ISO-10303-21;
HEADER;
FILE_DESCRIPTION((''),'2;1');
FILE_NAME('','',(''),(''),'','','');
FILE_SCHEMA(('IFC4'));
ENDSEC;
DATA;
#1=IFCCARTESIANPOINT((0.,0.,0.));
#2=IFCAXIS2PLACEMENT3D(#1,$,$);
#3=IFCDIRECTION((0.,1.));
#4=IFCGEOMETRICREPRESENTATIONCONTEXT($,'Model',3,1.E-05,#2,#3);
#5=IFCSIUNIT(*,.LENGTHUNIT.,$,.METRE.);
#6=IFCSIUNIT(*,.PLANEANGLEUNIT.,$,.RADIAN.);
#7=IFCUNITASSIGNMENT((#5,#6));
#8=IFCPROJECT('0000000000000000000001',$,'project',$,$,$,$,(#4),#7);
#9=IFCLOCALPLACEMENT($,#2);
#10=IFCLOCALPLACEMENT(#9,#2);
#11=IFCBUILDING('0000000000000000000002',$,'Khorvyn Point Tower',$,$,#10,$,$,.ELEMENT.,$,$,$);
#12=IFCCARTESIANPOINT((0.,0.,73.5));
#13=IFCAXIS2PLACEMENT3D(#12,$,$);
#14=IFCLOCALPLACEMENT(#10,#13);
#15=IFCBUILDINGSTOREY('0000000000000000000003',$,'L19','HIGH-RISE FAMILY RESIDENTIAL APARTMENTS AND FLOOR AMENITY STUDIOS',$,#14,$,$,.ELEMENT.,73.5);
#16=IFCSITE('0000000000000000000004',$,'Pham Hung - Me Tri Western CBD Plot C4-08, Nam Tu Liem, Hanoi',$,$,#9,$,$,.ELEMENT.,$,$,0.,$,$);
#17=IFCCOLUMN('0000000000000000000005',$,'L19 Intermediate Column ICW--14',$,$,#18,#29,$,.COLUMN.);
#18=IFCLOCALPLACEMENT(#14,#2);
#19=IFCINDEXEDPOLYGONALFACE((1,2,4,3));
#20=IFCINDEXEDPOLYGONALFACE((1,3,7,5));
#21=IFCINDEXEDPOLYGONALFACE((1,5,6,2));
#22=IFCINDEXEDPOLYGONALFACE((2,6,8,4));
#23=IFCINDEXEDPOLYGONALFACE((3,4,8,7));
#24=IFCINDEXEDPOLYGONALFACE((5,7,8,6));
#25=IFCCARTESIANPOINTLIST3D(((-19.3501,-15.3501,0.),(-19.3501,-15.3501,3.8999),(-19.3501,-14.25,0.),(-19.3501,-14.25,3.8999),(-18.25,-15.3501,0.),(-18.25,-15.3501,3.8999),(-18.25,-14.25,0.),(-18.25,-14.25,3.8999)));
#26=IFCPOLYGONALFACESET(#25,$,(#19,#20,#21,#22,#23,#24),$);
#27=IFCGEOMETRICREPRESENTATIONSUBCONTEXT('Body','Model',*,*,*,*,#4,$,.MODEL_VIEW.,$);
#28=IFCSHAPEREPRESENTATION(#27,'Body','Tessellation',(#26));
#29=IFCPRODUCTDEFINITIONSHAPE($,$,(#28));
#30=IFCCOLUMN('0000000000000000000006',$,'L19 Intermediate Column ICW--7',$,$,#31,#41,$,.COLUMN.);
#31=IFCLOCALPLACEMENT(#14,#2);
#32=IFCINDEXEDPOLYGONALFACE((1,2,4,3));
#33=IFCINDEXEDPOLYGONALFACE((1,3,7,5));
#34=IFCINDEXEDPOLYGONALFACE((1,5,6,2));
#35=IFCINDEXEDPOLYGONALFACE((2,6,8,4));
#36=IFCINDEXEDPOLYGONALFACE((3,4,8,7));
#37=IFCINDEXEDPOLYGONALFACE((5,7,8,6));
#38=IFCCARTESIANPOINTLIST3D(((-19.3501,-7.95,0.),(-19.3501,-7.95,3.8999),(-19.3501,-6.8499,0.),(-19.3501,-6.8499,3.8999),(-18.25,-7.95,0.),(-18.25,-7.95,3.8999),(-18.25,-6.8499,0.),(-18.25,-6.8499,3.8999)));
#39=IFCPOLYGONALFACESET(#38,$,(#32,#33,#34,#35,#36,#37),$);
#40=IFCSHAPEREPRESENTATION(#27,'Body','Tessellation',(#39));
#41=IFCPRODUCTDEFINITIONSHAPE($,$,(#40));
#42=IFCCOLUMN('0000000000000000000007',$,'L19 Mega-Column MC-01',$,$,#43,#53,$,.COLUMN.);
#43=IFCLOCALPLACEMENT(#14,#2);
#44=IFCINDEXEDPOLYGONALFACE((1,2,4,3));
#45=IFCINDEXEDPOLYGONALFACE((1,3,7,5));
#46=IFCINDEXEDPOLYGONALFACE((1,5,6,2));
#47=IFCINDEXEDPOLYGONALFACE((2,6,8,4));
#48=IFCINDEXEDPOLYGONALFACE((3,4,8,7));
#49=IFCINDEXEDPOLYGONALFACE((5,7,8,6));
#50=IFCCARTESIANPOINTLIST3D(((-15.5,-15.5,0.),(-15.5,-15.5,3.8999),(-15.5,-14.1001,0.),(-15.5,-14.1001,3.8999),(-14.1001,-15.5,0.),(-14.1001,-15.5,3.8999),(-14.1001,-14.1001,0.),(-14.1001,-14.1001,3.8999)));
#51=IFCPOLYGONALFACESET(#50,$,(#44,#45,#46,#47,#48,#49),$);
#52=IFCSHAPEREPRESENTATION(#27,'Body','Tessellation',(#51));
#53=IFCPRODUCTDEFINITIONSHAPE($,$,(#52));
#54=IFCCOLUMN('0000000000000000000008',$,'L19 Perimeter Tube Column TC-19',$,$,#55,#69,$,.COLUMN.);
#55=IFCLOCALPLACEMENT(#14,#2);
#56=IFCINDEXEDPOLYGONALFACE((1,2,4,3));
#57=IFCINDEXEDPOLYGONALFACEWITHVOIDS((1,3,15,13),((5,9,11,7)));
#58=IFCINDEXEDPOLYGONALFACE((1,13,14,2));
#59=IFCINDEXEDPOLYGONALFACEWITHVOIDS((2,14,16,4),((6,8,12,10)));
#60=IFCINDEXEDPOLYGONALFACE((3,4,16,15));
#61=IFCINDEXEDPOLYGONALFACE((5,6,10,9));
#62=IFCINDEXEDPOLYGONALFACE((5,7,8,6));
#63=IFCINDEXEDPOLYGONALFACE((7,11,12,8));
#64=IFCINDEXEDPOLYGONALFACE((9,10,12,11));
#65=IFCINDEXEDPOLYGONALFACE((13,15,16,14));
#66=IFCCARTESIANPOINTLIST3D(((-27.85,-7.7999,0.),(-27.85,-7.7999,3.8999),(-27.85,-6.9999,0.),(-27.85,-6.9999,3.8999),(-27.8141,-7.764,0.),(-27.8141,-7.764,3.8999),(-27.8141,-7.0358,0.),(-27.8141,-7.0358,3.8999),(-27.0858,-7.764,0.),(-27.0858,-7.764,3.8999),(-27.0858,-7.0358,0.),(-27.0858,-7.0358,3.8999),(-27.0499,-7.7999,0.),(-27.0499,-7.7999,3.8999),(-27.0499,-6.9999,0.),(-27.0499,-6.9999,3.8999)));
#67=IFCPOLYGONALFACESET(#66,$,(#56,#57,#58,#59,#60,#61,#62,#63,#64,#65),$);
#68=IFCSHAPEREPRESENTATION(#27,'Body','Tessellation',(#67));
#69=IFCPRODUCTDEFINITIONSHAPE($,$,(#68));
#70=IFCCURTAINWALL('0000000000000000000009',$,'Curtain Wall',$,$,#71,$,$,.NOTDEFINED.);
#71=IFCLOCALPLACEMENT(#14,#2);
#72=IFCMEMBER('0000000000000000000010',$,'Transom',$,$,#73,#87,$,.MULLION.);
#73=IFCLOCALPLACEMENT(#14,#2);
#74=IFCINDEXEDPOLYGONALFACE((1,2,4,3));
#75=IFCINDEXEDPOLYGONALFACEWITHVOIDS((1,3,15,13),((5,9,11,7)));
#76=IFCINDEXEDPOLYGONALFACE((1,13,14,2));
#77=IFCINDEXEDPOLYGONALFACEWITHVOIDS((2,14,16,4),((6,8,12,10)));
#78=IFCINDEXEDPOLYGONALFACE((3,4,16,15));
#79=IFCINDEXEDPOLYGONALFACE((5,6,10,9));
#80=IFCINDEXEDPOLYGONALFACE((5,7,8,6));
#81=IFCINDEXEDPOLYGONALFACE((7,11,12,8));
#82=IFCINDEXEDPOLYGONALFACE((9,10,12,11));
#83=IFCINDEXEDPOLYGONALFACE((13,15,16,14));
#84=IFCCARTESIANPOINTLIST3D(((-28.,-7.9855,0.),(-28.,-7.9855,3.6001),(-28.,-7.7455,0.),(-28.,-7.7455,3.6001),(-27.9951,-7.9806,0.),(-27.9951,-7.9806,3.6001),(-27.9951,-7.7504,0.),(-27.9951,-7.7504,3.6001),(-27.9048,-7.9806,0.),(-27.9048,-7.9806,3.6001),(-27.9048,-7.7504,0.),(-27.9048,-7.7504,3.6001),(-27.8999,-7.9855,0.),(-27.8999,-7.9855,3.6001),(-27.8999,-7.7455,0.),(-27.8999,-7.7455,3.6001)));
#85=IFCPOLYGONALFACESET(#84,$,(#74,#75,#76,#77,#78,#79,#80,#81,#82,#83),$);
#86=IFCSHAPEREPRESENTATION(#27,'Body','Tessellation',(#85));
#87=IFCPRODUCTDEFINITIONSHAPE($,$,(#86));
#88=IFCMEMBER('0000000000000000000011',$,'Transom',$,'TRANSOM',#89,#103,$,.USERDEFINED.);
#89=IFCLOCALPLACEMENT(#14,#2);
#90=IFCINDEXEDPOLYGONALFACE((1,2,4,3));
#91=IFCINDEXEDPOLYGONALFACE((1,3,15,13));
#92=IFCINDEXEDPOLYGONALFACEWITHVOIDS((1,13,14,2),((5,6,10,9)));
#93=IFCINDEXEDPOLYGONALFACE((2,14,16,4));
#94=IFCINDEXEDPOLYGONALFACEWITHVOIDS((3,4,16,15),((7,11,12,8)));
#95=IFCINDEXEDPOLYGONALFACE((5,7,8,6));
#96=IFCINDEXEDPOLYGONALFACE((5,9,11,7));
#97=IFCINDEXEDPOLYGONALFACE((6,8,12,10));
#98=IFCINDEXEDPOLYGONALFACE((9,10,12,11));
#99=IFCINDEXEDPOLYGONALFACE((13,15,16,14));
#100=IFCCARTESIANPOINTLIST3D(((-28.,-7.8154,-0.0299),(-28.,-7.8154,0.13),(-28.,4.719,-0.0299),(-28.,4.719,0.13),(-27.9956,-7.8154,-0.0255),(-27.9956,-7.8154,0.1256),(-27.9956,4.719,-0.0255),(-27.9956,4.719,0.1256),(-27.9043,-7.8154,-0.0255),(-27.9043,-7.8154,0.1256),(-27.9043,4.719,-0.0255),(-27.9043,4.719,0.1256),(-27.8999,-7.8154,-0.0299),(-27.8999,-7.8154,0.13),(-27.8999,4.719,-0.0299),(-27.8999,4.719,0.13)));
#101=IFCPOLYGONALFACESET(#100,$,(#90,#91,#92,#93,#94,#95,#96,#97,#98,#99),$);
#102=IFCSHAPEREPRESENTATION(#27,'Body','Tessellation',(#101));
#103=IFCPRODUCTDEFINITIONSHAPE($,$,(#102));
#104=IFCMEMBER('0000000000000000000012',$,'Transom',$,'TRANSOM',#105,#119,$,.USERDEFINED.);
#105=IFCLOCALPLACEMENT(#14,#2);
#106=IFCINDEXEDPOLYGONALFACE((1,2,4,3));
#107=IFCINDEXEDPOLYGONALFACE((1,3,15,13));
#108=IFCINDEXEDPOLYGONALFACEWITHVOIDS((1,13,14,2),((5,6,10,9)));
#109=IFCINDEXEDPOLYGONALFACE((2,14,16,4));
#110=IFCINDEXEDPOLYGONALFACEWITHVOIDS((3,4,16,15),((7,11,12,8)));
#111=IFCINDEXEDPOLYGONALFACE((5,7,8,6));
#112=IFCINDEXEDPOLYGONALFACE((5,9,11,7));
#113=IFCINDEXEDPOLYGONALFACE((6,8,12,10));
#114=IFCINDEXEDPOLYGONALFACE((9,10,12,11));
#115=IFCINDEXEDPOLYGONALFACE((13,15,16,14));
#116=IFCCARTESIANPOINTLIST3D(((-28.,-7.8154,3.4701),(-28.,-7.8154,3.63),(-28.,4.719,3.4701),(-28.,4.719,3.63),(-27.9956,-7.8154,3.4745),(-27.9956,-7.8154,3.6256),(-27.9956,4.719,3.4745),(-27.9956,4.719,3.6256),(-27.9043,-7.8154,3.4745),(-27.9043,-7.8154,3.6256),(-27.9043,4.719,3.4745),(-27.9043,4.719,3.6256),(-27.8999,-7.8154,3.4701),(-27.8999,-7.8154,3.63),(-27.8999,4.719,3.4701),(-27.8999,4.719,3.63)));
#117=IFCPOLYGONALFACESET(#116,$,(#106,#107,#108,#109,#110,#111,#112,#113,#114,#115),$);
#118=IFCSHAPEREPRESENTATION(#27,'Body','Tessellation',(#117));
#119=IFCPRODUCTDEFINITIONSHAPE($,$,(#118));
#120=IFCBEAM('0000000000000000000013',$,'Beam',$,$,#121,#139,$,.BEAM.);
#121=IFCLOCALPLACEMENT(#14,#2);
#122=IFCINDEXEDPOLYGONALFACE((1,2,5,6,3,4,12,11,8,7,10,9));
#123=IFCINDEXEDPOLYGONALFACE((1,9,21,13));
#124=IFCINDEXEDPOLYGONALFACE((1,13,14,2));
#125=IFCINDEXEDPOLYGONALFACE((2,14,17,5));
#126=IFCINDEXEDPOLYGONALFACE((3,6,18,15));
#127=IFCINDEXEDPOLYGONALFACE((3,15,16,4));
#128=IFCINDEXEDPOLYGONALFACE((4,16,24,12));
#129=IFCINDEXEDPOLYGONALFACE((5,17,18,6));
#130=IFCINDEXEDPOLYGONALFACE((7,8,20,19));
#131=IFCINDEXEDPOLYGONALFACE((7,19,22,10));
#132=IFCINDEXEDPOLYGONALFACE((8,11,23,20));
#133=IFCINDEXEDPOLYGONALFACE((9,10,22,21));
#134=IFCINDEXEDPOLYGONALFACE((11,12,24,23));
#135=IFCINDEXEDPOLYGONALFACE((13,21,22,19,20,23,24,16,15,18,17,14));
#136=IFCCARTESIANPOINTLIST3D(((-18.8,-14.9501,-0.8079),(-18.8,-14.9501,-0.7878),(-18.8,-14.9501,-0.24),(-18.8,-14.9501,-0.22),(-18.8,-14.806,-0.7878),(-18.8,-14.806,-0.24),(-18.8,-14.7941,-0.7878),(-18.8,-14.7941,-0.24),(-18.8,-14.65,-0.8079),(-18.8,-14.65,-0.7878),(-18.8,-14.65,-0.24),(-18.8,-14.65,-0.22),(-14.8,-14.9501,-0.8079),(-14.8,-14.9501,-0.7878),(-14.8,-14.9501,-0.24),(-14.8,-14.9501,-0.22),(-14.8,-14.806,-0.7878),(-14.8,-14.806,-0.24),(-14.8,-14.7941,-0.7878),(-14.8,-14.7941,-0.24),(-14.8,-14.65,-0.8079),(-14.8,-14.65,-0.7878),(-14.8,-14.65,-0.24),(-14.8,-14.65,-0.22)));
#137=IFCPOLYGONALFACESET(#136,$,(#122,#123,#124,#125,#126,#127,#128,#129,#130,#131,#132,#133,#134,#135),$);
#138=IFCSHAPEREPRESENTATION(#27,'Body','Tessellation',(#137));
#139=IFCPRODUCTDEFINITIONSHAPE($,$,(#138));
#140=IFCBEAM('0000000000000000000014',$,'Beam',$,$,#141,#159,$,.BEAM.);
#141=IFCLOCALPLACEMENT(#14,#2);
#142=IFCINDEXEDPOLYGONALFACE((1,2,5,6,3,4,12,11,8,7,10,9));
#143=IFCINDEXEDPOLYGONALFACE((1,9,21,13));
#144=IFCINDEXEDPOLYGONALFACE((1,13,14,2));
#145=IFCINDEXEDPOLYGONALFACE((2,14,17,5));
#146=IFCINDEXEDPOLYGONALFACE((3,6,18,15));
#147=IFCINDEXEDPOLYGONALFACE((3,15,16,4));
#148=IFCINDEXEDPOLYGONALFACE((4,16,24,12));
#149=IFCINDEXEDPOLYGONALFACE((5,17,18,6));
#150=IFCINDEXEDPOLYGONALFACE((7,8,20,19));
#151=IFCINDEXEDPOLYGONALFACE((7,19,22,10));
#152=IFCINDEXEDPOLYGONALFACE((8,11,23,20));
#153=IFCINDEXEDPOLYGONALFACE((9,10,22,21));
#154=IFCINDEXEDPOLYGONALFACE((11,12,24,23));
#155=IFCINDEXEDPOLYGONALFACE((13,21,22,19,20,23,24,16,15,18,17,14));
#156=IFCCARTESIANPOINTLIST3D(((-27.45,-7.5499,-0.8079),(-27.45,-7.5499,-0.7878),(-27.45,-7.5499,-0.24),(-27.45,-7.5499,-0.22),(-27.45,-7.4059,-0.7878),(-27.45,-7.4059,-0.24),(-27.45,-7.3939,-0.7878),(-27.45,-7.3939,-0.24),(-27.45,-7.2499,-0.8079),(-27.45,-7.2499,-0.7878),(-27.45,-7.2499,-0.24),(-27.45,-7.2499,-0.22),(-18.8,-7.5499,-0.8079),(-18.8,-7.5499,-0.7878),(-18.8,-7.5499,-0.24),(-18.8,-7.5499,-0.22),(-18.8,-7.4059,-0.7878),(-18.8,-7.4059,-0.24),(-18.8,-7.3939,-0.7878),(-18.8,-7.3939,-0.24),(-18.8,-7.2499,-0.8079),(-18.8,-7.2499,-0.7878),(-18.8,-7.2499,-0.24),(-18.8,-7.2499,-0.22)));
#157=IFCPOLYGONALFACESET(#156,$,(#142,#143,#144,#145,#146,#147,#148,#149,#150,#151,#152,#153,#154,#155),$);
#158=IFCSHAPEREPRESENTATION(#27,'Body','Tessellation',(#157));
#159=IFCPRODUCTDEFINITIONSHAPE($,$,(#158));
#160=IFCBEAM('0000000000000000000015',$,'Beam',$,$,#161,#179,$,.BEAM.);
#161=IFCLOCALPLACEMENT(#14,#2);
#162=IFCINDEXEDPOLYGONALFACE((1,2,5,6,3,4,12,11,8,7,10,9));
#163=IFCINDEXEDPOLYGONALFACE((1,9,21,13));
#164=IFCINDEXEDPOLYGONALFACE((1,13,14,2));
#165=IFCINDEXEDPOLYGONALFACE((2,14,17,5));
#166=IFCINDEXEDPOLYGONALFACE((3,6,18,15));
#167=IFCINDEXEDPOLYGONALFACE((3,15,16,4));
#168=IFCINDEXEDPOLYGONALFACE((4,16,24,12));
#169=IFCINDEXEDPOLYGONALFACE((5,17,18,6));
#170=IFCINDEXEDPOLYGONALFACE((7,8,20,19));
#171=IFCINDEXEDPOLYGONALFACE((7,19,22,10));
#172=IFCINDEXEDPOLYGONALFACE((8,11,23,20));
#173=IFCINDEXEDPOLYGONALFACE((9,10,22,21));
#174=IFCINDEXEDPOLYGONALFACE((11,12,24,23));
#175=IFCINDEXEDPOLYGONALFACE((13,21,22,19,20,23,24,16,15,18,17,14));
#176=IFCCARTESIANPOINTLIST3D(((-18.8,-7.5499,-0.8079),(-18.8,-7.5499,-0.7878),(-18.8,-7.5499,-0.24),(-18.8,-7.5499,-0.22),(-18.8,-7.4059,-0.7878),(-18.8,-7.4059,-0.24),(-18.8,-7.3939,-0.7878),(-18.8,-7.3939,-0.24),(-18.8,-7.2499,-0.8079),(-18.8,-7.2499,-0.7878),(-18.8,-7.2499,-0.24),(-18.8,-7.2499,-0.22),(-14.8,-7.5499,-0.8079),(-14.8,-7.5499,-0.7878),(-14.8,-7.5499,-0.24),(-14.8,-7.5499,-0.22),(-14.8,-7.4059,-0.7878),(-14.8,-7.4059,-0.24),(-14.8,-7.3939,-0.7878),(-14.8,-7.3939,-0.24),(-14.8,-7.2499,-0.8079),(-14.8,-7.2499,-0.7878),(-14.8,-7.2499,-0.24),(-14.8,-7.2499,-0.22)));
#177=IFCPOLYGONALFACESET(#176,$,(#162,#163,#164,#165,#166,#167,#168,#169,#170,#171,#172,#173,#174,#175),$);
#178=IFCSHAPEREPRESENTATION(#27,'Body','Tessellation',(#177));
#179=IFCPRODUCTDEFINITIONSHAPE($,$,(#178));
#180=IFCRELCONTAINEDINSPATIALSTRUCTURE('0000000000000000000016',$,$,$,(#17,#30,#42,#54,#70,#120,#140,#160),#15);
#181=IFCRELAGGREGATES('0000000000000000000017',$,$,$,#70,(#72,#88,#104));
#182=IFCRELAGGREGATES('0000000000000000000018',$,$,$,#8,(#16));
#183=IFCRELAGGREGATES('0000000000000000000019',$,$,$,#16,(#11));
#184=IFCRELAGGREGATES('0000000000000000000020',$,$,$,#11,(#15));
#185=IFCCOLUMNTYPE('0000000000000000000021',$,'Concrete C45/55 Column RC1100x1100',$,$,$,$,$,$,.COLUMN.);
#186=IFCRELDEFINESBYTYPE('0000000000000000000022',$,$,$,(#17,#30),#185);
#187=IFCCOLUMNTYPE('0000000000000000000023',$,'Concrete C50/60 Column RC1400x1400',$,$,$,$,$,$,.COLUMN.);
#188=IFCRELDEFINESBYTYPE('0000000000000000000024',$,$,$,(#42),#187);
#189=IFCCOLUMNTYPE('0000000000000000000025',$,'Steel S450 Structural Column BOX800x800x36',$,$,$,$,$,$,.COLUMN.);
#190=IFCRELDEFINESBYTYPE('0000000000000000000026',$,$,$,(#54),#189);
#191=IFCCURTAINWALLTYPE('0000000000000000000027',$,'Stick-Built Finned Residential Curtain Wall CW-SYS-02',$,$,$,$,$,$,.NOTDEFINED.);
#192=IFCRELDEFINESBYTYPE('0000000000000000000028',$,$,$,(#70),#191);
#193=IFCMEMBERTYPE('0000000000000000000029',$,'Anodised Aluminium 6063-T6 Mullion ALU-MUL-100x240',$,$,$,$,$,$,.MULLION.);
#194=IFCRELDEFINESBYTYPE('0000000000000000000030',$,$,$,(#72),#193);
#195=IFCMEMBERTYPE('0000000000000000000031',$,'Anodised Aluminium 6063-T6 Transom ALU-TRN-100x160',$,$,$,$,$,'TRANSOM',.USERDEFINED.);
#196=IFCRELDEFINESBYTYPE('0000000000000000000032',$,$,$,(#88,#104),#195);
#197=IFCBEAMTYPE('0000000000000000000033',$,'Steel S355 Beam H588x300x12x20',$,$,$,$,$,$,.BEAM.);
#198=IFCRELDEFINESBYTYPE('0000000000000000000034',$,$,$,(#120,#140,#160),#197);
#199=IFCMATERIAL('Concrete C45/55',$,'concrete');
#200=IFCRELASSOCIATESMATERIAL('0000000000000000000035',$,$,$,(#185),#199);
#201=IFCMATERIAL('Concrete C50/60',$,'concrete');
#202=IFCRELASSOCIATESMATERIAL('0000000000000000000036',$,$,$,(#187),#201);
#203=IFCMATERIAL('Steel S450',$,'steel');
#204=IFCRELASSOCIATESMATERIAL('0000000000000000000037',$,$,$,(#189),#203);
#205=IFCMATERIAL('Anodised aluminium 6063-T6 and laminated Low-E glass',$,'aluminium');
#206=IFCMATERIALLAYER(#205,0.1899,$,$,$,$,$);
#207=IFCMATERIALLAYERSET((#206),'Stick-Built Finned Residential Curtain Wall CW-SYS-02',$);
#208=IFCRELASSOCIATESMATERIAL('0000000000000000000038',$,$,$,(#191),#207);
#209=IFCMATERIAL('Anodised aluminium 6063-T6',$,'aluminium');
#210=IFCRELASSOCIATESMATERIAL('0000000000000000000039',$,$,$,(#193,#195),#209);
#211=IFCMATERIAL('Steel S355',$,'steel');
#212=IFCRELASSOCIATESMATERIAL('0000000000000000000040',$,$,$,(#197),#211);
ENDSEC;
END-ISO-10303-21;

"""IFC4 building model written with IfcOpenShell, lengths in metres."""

from ifc_helpers import new_model, si_unit, direction, frame, origin, origin_2d, place, context, subcontext, project, spatial, rectangle, hollow_rectangle, i_section, extrude, material, layer, layer_set, material_profile, profile_set, type_object, element, aggregate, save


model = new_model("IFC4")

# Units and contexts
model_context = context("Model", 3, precision=1e-05, world=origin(), true_north=direction((0.0, 1.0)))
body_context = subcontext(model_context, "Body", "Model", "MODEL_VIEW")
ifc_project = project(units=[si_unit("LENGTHUNIT", "METRE"), si_unit("PLANEANGLEUNIT", "RADIAN")], contexts=[model_context])

# Site, building, storey
site_placement = place(None, origin())
site = spatial("IfcSite", under=ifc_project, at=site_placement, Name="Pham Hung - Me Tri Western CBD Plot C4-08, Nam Tu Liem, Hanoi", CompositionType="ELEMENT", RefElevation=0.0)
building_placement = place(site_placement, origin())
building = spatial("IfcBuilding", under=site, at=building_placement, Name="Khorvyn Point Tower", CompositionType="ELEMENT")
storey_placement = place(building_placement, frame((0.0, 0.0, 73.5)))
storey = spatial("IfcBuildingStorey", under=building, at=storey_placement, Name="L19", Description="HIGH-RISE FAMILY RESIDENTIAL APARTMENTS AND FLOOR AMENITY STUDIOS", CompositionType="ELEMENT", Elevation=73.5)

# Columns
ifc_material_1 = material(Name="Concrete C45/55", Category="concrete")
ifc_material_profile_1 = material_profile(ifc_material_1, rectangle(XDim=1.1001, YDim=1.1001, at=origin_2d()))
ifc_profile_set_1 = profile_set([ifc_material_profile_1], Name="Concrete C45/55 RC1100x1100")
column_type_1 = type_object("IfcColumnType", Name="Concrete C45/55 Column RC1100x1100", PredefinedType="COLUMN", material=ifc_profile_set_1)
for number, where, z_axis, x_axis, name in (
    (1, (-18.8, -14.8, 0.0), (0.0, 0.0, 1.0), (1.0, 0.0, 0.0), "L19 Intermediate Column ICW--14"),
    (2, (-18.8, -7.3999, 0.0), (0.0, 0.0, 1.0), (1.0, 0.0, 0.0), "L19 Intermediate Column ICW--7"),
):
    element("IfcColumn", number, at=place(storey_placement, frame(where, z_axis=z_axis, x_axis=x_axis)), inside=storey, type_object=column_type_1, Name=name, PredefinedType="COLUMN", context=body_context, shape_type="SweptSolid", body=[
        extrude(rectangle(XDim=1.1001, YDim=1.1001, at=origin_2d()), origin(), (0.0, 0.0, 1.0), 3.8999),
    ])
ifc_material_2 = material(Name="Concrete C50/60", Category="concrete")
ifc_material_profile_2 = material_profile(ifc_material_2, rectangle(XDim=1.3999, YDim=1.3999, at=origin_2d()))
ifc_profile_set_2 = profile_set([ifc_material_profile_2], Name="Concrete C50/60 RC1400x1400")
column_type_2 = type_object("IfcColumnType", Name="Concrete C50/60 Column RC1400x1400", PredefinedType="COLUMN", material=ifc_profile_set_2)
column_1_placement = place(storey_placement, frame((-14.8, -14.8, 0.0), z_axis=(0.0, 0.0, 1.0), x_axis=(1.0, 0.0, 0.0)))
element("IfcColumn", 3, at=column_1_placement, inside=storey, type_object=column_type_2, Name="L19 Mega-Column MC-01", PredefinedType="COLUMN", context=body_context, shape_type="SweptSolid", body=[
    extrude(rectangle(XDim=1.3999, YDim=1.3999, at=origin_2d()), origin(), (0.0, 0.0, 1.0), 3.8999),
])
ifc_material_3 = material(Name="Steel S450", Category="steel")
ifc_material_profile_3 = material_profile(ifc_material_3, hollow_rectangle(XDim=0.8, YDim=0.8, WallThickness=0.0359, at=origin_2d()))
ifc_profile_set_3 = profile_set([ifc_material_profile_3], Name="Steel S450 BOX800x800x36")
column_type_3 = type_object("IfcColumnType", Name="Steel S450 Structural Column BOX800x800x36", PredefinedType="COLUMN", material=ifc_profile_set_3)
column_2_placement = place(storey_placement, frame((-27.45, -7.3999, 0.0), z_axis=(0.0, 0.0, 1.0), x_axis=(1.0, 0.0, 0.0)))
element("IfcColumn", 4, at=column_2_placement, inside=storey, type_object=column_type_3, Name="L19 Perimeter Tube Column TC-19", PredefinedType="COLUMN", context=body_context, shape_type="SweptSolid", body=[
    extrude(hollow_rectangle(XDim=0.8, YDim=0.8, WallThickness=0.0359, at=origin_2d()), origin(), (0.0, 0.0, 1.0), 3.8999),
])

# Curtain wall, members
ifc_material_4 = material(Name="Anodised aluminium 6063-T6 and laminated Low-E glass", Category="aluminium")
ifc_layer_1 = layer(ifc_material_4, 0.1899)
ifc_layer_set_1 = layer_set([ifc_layer_1], Name="Stick-Built Finned Residential Curtain Wall CW-SYS-02")
curtain_wall_type = type_object("IfcCurtainWallType", Name="Stick-Built Finned Residential Curtain Wall CW-SYS-02", PredefinedType="NOTDEFINED", material=ifc_layer_set_1)
curtain_wall_placement = place(storey_placement, origin())
curtain_wall = element("IfcCurtainWall", 5, at=curtain_wall_placement, inside=storey, type_object=curtain_wall_type, Name="Curtain Wall", PredefinedType="NOTDEFINED")
ifc_material_5 = material(Name="Anodised aluminium 6063-T6", Category="aluminium")
ifc_material_profile_4 = material_profile(ifc_material_5, hollow_rectangle(XDim=0.1001, YDim=0.24, WallThickness=0.0049, at=origin_2d()))
ifc_profile_set_4 = profile_set([ifc_material_profile_4], Name="Anodised aluminium 6063-T6 ALU-MUL-100x240")
member_type_1 = type_object("IfcMemberType", Name="Anodised Aluminium 6063-T6 Mullion ALU-MUL-100x240", PredefinedType="MULLION", material=ifc_profile_set_4)
member_1_placement = place(storey_placement, frame((-27.95, -7.8655, 0.0), z_axis=(0.0, 0.0, 1.0), x_axis=(-1.0, 0.0, 0.0)))
member_1 = element("IfcMember", 6, at=member_1_placement, type_object=member_type_1, Name="Transom", PredefinedType="MULLION", context=body_context, shape_type="SweptSolid", body=[
    extrude(hollow_rectangle(XDim=0.1001, YDim=0.24, WallThickness=0.0049, at=origin_2d()), origin(), (0.0, 0.0, 1.0), 3.6001),
])
ifc_material_profile_5 = material_profile(ifc_material_5, hollow_rectangle(XDim=0.1001, YDim=0.1599, WallThickness=0.0044, at=origin_2d()))
ifc_profile_set_5 = profile_set([ifc_material_profile_5], Name="Anodised aluminium 6063-T6 ALU-TRN-100x160")
member_type_2 = type_object("IfcMemberType", Name="Anodised Aluminium 6063-T6 Transom ALU-TRN-100x160", ElementType="TRANSOM", PredefinedType="USERDEFINED", material=ifc_profile_set_5)
member_2_placement = place(storey_placement, frame((-27.95, -7.8154, 0.05), z_axis=(0.0, 1.0, 0.0), x_axis=(-1.0, 0.0, 0.0)))
member_2 = element("IfcMember", 7, at=member_2_placement, type_object=member_type_2, Name="Transom", ObjectType="TRANSOM", PredefinedType="USERDEFINED", context=body_context, shape_type="SweptSolid", body=[
    extrude(hollow_rectangle(XDim=0.1001, YDim=0.1599, WallThickness=0.0044, at=origin_2d()), origin(), (0.0, 0.0, 1.0), 12.5344),
])
member_3_placement = place(storey_placement, frame((-27.95, -7.8154, 3.55), z_axis=(0.0, 1.0, 0.0), x_axis=(-1.0, 0.0, 0.0)))
member_3 = element("IfcMember", 8, at=member_3_placement, type_object=member_type_2, Name="Transom", ObjectType="TRANSOM", PredefinedType="USERDEFINED", context=body_context, shape_type="SweptSolid", body=[
    extrude(hollow_rectangle(XDim=0.1001, YDim=0.1599, WallThickness=0.0044, at=origin_2d()), origin(), (0.0, 0.0, 1.0), 12.5344),
])

# Beams
ifc_material_6 = material(Name="Steel S355", Category="steel")
ifc_material_profile_6 = material_profile(ifc_material_6, i_section(OverallWidth=0.3, OverallDepth=0.5879, WebThickness=0.012, FlangeThickness=0.02, at=origin_2d()))
ifc_profile_set_6 = profile_set([ifc_material_profile_6], Name="Steel S355 H588x300x12x20")
beam_type_1 = type_object("IfcBeamType", Name="Steel S355 Beam H588x300x12x20", PredefinedType="BEAM", material=ifc_profile_set_6)
beam_1_placement = place(storey_placement, frame((-18.8, -14.8, -0.5139), z_axis=(1.0, 0.0, 0.0), x_axis=(0.0, 1.0, 0.0)))
element("IfcBeam", 9, at=beam_1_placement, inside=storey, type_object=beam_type_1, Name="Beam", PredefinedType="BEAM", context=body_context, shape_type="SweptSolid", body=[
    extrude(i_section(OverallWidth=0.3, OverallDepth=0.5879, WebThickness=0.012, FlangeThickness=0.02, at=origin_2d()), origin(), (0.0, 0.0, 1.0), 4.0),
])
beam_2_placement = place(storey_placement, frame((-27.45, -7.3999, -0.5139), z_axis=(1.0, 0.0, 0.0), x_axis=(0.0, 1.0, 0.0)))
element("IfcBeam", 10, at=beam_2_placement, inside=storey, type_object=beam_type_1, Name="Beam", PredefinedType="BEAM", context=body_context, shape_type="SweptSolid", body=[
    extrude(i_section(OverallWidth=0.3, OverallDepth=0.5879, WebThickness=0.012, FlangeThickness=0.02, at=origin_2d()), origin(), (0.0, 0.0, 1.0), 8.6499),
])
beam_3_placement = place(storey_placement, frame((-18.8, -7.3999, -0.5139), z_axis=(1.0, 0.0, 0.0), x_axis=(0.0, 1.0, 0.0)))
element("IfcBeam", 11, at=beam_3_placement, inside=storey, type_object=beam_type_1, Name="Beam", PredefinedType="BEAM", context=body_context, shape_type="SweptSolid", body=[
    extrude(i_section(OverallWidth=0.3, OverallDepth=0.5879, WebThickness=0.012, FlangeThickness=0.02, at=origin_2d()), origin(), (0.0, 0.0, 1.0), 4.0),
])

aggregate(curtain_wall, [member_1, member_2, member_3])

save(model, "model.ifc")
